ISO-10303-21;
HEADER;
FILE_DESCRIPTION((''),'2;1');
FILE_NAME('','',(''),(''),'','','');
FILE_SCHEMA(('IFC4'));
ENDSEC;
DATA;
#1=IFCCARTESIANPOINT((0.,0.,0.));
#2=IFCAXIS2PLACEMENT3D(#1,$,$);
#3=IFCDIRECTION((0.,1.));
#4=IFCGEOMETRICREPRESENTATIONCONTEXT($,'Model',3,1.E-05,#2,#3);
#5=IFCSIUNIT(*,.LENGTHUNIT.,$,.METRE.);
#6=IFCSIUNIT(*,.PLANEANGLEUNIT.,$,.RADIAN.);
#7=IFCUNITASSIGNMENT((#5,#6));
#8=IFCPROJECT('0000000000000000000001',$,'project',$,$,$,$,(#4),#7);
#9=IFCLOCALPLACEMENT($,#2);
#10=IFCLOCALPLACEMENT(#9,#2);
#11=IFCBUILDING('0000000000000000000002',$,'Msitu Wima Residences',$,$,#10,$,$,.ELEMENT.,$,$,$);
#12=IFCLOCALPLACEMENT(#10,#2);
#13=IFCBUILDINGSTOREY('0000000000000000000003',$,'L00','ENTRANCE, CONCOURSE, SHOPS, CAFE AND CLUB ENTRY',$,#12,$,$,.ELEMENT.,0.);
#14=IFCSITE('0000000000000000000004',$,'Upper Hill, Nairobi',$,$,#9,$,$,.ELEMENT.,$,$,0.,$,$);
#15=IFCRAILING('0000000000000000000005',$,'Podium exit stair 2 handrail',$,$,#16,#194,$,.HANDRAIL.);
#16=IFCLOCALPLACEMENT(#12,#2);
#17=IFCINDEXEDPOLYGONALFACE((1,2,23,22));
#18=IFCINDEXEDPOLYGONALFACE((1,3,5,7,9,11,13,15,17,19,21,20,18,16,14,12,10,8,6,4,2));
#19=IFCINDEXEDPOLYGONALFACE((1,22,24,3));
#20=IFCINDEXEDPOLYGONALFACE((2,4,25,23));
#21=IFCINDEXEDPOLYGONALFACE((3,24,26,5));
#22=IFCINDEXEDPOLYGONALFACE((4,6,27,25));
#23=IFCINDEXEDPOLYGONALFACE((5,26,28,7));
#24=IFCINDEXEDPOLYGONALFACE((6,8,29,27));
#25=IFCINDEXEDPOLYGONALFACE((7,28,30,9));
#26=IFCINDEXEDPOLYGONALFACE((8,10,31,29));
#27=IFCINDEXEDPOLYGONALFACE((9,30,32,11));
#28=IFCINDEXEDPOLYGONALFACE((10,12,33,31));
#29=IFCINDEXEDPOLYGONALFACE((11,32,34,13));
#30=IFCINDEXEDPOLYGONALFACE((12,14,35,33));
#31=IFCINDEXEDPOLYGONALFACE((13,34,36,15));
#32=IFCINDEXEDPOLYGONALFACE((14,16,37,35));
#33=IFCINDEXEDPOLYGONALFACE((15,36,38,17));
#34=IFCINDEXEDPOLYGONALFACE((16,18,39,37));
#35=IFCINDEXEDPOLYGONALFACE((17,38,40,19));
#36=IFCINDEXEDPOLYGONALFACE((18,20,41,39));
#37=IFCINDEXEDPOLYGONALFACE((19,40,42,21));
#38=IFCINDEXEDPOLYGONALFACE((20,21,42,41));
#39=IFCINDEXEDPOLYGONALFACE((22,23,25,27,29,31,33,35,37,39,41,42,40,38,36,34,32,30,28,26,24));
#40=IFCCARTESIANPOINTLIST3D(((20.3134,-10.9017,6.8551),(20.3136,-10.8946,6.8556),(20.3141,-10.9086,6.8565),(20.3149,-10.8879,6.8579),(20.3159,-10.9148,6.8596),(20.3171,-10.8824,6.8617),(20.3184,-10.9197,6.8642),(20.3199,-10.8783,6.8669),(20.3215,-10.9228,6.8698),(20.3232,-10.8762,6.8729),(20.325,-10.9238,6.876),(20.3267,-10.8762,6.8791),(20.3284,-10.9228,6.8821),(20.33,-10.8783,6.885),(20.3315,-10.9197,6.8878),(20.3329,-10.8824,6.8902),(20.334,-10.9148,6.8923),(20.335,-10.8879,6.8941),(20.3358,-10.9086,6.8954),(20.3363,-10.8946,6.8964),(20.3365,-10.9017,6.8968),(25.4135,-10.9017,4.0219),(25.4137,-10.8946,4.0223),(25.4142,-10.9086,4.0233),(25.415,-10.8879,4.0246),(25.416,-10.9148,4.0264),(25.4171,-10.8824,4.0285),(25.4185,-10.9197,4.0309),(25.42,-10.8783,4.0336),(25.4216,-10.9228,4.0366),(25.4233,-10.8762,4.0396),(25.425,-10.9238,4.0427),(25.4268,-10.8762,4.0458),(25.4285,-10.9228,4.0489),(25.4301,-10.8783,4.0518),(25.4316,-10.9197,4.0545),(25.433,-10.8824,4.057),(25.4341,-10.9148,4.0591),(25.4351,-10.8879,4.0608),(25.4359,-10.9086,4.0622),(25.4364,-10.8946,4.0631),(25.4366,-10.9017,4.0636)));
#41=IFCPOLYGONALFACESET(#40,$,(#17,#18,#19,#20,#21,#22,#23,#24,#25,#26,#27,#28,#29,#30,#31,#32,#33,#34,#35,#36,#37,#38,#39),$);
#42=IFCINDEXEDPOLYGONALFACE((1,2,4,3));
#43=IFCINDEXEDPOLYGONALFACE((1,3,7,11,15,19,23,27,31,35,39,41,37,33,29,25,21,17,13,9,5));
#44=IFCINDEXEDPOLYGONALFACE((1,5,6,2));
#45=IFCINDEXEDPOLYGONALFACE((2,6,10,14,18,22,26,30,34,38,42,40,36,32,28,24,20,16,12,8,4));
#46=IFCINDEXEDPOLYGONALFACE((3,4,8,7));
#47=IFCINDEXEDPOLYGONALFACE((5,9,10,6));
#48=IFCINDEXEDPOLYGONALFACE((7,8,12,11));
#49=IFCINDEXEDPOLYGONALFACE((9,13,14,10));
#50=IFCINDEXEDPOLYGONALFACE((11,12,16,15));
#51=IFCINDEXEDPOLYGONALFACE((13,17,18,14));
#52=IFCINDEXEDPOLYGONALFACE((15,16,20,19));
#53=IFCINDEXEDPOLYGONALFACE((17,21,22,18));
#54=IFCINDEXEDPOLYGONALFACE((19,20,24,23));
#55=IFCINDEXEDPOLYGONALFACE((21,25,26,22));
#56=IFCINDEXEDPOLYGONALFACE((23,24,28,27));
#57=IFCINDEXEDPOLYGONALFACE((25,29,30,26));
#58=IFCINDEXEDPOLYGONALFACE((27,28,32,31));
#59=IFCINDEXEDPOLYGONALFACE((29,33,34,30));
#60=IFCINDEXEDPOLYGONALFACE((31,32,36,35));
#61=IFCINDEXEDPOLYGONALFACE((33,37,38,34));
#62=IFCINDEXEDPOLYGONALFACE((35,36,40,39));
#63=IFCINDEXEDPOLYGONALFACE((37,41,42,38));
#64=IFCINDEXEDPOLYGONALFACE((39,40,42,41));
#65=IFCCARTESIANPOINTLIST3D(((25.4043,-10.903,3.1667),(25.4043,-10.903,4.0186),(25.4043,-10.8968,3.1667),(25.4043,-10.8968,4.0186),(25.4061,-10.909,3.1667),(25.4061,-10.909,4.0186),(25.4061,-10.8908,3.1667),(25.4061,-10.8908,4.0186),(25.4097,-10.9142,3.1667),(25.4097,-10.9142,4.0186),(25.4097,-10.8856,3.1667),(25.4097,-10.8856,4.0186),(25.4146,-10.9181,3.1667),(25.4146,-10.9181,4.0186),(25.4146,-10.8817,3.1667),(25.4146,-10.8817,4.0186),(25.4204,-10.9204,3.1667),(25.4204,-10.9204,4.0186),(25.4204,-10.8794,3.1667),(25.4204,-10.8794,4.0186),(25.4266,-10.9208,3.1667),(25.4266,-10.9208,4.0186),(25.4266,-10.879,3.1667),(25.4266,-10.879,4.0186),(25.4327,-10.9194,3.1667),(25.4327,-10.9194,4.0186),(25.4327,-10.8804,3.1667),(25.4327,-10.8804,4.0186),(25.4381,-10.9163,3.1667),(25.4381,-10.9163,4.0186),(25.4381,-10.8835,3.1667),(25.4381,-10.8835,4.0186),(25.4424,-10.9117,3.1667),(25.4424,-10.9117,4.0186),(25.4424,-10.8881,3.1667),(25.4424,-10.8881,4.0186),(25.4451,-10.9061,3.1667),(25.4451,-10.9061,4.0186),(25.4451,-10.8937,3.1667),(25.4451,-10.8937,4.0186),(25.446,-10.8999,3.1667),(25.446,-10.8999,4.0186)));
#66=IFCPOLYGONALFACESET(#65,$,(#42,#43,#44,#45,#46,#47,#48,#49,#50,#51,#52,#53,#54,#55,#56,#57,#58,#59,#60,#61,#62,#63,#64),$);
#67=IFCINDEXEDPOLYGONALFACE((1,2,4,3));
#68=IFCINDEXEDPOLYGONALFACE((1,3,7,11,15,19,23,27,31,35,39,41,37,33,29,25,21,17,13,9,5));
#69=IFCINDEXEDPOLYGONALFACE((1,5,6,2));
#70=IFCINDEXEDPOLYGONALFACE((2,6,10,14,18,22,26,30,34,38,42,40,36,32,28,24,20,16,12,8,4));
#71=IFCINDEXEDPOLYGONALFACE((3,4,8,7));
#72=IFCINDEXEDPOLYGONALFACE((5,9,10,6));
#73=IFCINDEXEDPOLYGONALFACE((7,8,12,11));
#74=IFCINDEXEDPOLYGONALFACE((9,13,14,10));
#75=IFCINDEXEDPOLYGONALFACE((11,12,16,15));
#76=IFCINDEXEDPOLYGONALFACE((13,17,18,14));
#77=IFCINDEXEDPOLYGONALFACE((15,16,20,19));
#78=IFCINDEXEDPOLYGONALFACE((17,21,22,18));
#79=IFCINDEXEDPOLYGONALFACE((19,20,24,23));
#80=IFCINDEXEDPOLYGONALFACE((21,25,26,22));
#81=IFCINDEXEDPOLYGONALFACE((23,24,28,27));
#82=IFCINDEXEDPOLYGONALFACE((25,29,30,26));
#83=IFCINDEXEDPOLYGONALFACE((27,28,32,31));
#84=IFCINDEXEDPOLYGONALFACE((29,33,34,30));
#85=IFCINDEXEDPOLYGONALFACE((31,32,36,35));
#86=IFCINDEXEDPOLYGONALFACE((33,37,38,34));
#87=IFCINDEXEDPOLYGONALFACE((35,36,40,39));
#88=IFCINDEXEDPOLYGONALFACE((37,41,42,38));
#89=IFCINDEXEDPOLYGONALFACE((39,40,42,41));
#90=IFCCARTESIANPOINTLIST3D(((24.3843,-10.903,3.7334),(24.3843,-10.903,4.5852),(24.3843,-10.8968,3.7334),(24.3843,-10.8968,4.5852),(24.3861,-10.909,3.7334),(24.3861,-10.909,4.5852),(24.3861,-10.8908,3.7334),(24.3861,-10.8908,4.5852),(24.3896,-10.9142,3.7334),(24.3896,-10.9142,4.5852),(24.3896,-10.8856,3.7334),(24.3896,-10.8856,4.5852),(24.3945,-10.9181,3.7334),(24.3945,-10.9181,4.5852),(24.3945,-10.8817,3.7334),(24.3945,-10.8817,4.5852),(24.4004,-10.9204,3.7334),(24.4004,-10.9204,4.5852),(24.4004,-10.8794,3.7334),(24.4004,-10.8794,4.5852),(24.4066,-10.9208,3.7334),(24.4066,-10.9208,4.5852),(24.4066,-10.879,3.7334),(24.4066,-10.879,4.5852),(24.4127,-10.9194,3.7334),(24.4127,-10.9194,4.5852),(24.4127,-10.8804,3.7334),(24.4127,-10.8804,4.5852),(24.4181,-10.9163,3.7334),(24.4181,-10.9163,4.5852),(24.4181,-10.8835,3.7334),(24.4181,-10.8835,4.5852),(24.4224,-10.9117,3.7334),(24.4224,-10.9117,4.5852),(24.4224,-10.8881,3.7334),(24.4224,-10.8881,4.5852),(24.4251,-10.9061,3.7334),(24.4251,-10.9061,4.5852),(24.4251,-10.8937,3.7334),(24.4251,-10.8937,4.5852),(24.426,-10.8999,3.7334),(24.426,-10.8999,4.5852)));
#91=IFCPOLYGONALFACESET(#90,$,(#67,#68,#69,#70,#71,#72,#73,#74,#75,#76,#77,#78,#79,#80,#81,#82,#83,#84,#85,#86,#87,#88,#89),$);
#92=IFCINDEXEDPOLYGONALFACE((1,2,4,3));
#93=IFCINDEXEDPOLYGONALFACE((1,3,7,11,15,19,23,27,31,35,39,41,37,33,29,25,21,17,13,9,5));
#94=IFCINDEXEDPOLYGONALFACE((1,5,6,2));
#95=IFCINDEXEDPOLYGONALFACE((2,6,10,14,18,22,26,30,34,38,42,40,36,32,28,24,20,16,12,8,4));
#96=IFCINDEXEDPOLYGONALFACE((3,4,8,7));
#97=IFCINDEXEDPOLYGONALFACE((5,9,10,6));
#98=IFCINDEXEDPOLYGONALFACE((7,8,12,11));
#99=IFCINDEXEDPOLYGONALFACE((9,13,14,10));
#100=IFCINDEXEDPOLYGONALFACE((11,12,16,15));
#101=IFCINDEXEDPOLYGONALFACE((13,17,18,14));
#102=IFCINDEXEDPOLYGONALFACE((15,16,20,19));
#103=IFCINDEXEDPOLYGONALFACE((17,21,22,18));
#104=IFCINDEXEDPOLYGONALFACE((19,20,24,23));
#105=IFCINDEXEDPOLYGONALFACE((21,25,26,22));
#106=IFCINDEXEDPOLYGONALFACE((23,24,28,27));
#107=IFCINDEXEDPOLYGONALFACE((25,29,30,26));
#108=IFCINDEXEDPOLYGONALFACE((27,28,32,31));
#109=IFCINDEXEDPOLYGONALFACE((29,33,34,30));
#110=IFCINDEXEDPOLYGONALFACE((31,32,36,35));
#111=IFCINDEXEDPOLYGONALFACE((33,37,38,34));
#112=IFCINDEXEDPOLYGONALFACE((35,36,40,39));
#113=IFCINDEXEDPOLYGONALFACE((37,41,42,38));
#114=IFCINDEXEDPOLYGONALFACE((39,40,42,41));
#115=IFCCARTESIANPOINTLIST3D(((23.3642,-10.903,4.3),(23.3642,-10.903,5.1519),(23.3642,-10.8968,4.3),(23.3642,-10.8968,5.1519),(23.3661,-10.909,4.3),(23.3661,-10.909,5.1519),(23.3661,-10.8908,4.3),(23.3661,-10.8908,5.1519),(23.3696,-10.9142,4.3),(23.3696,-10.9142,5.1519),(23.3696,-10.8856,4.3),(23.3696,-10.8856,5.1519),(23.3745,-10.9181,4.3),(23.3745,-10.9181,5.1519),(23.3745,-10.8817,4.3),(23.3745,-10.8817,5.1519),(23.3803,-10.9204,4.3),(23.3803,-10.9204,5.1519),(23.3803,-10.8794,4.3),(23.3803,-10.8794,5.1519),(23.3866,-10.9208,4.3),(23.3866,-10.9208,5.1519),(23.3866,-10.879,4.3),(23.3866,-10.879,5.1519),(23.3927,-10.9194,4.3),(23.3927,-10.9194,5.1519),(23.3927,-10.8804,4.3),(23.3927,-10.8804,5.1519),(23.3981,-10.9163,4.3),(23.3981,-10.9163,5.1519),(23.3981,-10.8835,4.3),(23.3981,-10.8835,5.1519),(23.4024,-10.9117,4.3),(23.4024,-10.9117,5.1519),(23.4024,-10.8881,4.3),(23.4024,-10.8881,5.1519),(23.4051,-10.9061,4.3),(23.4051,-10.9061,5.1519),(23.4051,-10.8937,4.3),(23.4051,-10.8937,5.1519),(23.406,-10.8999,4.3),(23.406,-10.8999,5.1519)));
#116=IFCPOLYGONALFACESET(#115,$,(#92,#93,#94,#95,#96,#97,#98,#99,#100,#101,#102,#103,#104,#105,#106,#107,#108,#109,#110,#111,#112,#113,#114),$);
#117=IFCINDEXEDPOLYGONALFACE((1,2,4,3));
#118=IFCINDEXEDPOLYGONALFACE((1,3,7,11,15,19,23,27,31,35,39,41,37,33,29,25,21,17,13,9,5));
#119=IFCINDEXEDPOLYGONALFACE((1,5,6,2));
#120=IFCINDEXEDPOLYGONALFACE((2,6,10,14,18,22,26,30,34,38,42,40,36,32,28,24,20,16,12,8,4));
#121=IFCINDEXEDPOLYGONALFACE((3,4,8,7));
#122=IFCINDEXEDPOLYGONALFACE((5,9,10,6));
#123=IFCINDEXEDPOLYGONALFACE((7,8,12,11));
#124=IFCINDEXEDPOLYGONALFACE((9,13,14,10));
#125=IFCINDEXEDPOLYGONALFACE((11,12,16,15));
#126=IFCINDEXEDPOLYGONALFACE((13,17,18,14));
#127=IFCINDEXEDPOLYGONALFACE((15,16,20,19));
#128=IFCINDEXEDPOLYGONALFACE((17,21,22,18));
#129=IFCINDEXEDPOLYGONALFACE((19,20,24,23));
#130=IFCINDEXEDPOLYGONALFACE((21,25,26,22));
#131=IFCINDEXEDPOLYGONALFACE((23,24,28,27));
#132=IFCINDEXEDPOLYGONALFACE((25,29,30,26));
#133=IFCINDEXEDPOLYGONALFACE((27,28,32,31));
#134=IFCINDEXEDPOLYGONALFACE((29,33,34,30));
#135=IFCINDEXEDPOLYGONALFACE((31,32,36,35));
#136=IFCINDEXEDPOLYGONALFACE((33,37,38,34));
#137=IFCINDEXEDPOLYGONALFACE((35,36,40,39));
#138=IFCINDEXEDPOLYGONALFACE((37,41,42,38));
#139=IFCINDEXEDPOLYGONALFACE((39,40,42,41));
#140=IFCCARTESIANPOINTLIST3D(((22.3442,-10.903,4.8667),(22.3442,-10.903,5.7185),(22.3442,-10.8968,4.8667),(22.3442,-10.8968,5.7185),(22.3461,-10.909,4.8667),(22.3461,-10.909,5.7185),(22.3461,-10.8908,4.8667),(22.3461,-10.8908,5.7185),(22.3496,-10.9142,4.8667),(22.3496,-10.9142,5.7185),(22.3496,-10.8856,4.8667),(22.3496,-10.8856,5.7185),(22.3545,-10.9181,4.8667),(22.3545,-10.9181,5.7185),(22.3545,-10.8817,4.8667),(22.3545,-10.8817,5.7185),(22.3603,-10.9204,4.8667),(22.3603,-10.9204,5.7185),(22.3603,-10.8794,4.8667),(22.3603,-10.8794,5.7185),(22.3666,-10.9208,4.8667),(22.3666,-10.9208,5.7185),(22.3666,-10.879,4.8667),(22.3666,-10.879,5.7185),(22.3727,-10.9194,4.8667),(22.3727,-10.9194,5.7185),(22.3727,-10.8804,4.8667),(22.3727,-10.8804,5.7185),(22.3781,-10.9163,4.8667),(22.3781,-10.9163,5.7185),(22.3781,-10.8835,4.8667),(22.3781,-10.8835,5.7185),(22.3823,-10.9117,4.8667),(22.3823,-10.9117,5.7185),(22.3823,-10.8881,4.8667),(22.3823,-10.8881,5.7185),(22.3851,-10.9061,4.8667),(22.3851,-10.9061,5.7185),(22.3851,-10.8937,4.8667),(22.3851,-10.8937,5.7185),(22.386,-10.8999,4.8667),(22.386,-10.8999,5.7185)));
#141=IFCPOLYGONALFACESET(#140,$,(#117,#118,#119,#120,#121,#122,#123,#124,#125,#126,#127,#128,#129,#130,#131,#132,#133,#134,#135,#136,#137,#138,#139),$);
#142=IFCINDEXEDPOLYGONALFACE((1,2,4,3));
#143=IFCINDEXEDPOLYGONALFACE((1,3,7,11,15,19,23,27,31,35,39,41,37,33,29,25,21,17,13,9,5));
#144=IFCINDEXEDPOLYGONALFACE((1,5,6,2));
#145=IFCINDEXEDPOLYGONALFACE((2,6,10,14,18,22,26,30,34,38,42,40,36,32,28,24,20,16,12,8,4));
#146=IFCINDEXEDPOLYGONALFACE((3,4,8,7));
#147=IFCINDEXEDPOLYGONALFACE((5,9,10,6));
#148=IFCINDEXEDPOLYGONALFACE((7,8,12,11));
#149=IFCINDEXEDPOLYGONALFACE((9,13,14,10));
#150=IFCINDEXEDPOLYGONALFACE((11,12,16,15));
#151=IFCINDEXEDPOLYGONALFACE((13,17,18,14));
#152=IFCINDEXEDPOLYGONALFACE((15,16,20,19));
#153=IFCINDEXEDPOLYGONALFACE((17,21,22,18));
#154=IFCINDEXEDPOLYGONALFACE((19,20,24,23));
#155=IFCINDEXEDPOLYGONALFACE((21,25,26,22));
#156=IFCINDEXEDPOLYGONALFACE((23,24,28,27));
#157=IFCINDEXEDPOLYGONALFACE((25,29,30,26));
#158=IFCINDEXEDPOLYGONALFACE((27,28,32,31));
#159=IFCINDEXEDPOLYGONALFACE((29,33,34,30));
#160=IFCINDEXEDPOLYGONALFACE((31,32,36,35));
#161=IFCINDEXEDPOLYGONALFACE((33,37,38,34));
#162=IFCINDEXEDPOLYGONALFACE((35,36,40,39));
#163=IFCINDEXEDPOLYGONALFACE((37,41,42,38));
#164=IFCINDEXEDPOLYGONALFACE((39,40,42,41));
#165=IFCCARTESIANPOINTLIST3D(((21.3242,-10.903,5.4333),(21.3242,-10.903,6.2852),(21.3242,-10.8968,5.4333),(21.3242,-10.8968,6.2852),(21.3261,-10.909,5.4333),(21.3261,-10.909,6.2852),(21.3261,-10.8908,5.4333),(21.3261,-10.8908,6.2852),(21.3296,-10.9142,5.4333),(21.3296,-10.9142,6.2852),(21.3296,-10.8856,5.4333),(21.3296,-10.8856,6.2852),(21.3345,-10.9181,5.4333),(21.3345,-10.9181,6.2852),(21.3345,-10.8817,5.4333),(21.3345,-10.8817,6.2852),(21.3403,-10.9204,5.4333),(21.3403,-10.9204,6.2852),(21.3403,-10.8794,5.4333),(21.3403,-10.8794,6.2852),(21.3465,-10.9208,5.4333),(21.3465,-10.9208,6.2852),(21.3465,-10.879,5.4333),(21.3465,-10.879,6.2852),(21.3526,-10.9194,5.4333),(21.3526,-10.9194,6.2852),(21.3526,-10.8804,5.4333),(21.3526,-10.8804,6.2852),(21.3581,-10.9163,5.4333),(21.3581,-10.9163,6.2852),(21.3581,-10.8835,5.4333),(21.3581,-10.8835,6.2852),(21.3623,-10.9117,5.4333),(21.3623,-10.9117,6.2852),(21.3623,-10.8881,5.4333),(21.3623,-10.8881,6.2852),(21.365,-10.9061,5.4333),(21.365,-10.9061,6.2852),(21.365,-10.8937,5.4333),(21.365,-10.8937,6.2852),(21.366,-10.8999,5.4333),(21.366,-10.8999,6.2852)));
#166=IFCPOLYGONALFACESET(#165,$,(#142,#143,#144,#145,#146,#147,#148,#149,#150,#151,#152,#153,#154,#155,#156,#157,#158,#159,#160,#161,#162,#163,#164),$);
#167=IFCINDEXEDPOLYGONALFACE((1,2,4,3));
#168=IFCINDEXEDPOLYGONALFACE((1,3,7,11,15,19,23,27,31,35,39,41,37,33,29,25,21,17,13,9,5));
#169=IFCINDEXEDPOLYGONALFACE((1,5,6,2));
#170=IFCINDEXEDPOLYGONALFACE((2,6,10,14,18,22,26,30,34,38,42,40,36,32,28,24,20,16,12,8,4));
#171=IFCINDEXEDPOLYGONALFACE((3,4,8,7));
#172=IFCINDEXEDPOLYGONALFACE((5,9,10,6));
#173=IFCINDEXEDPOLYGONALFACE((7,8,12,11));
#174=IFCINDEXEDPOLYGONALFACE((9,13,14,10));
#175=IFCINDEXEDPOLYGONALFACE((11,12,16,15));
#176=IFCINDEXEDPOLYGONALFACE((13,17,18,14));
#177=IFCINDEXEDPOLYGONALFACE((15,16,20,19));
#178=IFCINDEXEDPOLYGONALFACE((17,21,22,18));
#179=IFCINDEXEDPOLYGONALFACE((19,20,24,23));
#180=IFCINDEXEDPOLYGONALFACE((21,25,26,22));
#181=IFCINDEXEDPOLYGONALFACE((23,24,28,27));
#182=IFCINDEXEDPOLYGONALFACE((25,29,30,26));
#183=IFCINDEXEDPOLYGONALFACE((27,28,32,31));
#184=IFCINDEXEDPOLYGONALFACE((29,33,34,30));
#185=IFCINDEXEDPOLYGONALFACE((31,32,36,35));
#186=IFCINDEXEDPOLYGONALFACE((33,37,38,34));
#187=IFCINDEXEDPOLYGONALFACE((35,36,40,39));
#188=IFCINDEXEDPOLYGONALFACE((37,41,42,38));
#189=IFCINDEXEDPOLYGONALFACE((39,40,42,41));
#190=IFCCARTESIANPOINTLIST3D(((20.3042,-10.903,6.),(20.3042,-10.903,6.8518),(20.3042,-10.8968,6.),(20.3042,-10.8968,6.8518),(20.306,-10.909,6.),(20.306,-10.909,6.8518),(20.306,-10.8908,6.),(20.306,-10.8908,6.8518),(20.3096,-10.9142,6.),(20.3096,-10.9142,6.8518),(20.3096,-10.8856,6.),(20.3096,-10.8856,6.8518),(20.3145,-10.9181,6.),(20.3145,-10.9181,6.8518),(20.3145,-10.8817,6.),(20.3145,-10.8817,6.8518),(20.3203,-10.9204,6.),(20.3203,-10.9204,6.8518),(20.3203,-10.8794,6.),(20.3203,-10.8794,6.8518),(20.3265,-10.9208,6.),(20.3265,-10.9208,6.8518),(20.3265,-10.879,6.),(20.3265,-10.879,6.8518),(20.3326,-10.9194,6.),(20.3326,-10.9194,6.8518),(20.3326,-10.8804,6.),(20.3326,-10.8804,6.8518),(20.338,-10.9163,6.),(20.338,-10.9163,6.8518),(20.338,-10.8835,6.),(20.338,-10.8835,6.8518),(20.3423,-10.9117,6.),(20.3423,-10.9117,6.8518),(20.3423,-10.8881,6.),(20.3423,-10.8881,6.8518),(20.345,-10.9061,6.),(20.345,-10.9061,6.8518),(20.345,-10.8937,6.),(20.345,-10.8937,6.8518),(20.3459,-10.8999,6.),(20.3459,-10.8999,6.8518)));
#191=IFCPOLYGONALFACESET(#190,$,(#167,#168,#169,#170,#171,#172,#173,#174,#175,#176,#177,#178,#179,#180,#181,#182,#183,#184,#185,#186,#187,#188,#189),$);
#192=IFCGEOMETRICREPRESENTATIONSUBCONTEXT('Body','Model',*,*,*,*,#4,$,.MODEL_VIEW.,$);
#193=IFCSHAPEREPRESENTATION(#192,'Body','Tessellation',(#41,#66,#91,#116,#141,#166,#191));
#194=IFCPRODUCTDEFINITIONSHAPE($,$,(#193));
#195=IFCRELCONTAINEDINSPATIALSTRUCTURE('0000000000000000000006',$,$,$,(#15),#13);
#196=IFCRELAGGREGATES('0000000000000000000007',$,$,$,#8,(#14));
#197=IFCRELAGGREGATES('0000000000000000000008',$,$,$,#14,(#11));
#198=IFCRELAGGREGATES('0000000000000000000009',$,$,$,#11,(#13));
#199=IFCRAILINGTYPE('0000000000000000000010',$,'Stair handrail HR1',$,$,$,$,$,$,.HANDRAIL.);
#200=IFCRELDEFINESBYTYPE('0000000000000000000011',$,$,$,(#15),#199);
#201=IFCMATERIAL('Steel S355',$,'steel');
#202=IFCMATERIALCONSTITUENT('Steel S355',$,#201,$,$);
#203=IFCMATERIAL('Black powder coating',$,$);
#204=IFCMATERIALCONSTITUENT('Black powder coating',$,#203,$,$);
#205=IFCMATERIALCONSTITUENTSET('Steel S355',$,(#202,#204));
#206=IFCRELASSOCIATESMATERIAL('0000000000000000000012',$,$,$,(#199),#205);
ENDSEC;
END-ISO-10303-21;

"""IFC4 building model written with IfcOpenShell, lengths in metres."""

from ifc_helpers import new_model, si_unit, direction, frame, origin, origin_2d, place, context, subcontext, project, spatial, circle, extrude, material, constituent, constituent_set, type_object, element, save


model = new_model("IFC4")

# Units and contexts
model_context = context("Model", 3, precision=1e-05, world=origin(), true_north=direction((0.0, 1.0)))
body_context = subcontext(model_context, "Body", "Model", "MODEL_VIEW")
ifc_project = project(units=[si_unit("LENGTHUNIT", "METRE"), si_unit("PLANEANGLEUNIT", "RADIAN")], contexts=[model_context])

# Site, building, storey
site_placement = place(None, origin())
site = spatial("IfcSite", under=ifc_project, at=site_placement, Name="Upper Hill, Nairobi", CompositionType="ELEMENT", RefElevation=0.0)
building_placement = place(site_placement, origin())
building = spatial("IfcBuilding", under=site, at=building_placement, Name="Msitu Wima Residences", CompositionType="ELEMENT")
storey_placement = place(building_placement, origin())
storey = spatial("IfcBuildingStorey", under=building, at=storey_placement, Name="L00", Description="ENTRANCE, CONCOURSE, SHOPS, CAFE AND CLUB ENTRY", CompositionType="ELEMENT", Elevation=0.0)

# Railing
ifc_material_1 = material(Name="Steel S355", Category="steel")
ifc_constituent_1 = constituent(ifc_material_1, Name="Steel S355")
ifc_material_2 = material(Name="Black powder coating")
ifc_constituent_2 = constituent(ifc_material_2, Name="Black powder coating")
ifc_constituent_set = constituent_set(constituents=[ifc_constituent_1, ifc_constituent_2], Name="Steel S355")
railing_type = type_object("IfcRailingType", Name="Stair handrail HR1", PredefinedType="HANDRAIL", material=ifc_constituent_set)
for number, where, name in (
    (1, (25.425, -10.8999, 3.1667), "Podium exit stair 2 handrail"),
):
    element("IfcRailing", number, at=place(storey_placement, frame(where)), inside=storey, type_object=railing_type, Name=name, PredefinedType="HANDRAIL", context=body_context, shape_type="SweptSolid", body=[
        extrude(circle(Radius=0.0239, at=origin_2d()), frame((0.0, 0.0, 0.876), z_axis=(-0.874167, 0.0, 0.485625), x_axis=(0.0, -1.0, 0.0)), (0.0, 0.0, 1.0), 5.8342),
        extrude(circle(Radius=0.021, at=origin_2d()), origin(), (0.0, 0.0, 1.0), 0.8518),
        extrude(circle(Radius=0.021, at=origin_2d()), frame((-1.02, 0.0, 0.5667)), (0.0, 0.0, 1.0), 0.8518),
        extrude(circle(Radius=0.021, at=origin_2d()), frame((-2.04, 0.0, 1.1333)), (0.0, 0.0, 1.0), 0.8518),
        extrude(circle(Radius=0.021, at=origin_2d()), frame((-3.0601, 0.0, 1.7)), (0.0, 0.0, 1.0), 0.8518),
        extrude(circle(Radius=0.021, at=origin_2d()), frame((-4.0801, 0.0, 2.2666)), (0.0, 0.0, 1.0), 0.8518),
        extrude(circle(Radius=0.021, at=origin_2d()), frame((-5.1001, 0.0, 2.8333)), (0.0, 0.0, 1.0), 0.8518),
    ])

save(model, "model.ifc")
